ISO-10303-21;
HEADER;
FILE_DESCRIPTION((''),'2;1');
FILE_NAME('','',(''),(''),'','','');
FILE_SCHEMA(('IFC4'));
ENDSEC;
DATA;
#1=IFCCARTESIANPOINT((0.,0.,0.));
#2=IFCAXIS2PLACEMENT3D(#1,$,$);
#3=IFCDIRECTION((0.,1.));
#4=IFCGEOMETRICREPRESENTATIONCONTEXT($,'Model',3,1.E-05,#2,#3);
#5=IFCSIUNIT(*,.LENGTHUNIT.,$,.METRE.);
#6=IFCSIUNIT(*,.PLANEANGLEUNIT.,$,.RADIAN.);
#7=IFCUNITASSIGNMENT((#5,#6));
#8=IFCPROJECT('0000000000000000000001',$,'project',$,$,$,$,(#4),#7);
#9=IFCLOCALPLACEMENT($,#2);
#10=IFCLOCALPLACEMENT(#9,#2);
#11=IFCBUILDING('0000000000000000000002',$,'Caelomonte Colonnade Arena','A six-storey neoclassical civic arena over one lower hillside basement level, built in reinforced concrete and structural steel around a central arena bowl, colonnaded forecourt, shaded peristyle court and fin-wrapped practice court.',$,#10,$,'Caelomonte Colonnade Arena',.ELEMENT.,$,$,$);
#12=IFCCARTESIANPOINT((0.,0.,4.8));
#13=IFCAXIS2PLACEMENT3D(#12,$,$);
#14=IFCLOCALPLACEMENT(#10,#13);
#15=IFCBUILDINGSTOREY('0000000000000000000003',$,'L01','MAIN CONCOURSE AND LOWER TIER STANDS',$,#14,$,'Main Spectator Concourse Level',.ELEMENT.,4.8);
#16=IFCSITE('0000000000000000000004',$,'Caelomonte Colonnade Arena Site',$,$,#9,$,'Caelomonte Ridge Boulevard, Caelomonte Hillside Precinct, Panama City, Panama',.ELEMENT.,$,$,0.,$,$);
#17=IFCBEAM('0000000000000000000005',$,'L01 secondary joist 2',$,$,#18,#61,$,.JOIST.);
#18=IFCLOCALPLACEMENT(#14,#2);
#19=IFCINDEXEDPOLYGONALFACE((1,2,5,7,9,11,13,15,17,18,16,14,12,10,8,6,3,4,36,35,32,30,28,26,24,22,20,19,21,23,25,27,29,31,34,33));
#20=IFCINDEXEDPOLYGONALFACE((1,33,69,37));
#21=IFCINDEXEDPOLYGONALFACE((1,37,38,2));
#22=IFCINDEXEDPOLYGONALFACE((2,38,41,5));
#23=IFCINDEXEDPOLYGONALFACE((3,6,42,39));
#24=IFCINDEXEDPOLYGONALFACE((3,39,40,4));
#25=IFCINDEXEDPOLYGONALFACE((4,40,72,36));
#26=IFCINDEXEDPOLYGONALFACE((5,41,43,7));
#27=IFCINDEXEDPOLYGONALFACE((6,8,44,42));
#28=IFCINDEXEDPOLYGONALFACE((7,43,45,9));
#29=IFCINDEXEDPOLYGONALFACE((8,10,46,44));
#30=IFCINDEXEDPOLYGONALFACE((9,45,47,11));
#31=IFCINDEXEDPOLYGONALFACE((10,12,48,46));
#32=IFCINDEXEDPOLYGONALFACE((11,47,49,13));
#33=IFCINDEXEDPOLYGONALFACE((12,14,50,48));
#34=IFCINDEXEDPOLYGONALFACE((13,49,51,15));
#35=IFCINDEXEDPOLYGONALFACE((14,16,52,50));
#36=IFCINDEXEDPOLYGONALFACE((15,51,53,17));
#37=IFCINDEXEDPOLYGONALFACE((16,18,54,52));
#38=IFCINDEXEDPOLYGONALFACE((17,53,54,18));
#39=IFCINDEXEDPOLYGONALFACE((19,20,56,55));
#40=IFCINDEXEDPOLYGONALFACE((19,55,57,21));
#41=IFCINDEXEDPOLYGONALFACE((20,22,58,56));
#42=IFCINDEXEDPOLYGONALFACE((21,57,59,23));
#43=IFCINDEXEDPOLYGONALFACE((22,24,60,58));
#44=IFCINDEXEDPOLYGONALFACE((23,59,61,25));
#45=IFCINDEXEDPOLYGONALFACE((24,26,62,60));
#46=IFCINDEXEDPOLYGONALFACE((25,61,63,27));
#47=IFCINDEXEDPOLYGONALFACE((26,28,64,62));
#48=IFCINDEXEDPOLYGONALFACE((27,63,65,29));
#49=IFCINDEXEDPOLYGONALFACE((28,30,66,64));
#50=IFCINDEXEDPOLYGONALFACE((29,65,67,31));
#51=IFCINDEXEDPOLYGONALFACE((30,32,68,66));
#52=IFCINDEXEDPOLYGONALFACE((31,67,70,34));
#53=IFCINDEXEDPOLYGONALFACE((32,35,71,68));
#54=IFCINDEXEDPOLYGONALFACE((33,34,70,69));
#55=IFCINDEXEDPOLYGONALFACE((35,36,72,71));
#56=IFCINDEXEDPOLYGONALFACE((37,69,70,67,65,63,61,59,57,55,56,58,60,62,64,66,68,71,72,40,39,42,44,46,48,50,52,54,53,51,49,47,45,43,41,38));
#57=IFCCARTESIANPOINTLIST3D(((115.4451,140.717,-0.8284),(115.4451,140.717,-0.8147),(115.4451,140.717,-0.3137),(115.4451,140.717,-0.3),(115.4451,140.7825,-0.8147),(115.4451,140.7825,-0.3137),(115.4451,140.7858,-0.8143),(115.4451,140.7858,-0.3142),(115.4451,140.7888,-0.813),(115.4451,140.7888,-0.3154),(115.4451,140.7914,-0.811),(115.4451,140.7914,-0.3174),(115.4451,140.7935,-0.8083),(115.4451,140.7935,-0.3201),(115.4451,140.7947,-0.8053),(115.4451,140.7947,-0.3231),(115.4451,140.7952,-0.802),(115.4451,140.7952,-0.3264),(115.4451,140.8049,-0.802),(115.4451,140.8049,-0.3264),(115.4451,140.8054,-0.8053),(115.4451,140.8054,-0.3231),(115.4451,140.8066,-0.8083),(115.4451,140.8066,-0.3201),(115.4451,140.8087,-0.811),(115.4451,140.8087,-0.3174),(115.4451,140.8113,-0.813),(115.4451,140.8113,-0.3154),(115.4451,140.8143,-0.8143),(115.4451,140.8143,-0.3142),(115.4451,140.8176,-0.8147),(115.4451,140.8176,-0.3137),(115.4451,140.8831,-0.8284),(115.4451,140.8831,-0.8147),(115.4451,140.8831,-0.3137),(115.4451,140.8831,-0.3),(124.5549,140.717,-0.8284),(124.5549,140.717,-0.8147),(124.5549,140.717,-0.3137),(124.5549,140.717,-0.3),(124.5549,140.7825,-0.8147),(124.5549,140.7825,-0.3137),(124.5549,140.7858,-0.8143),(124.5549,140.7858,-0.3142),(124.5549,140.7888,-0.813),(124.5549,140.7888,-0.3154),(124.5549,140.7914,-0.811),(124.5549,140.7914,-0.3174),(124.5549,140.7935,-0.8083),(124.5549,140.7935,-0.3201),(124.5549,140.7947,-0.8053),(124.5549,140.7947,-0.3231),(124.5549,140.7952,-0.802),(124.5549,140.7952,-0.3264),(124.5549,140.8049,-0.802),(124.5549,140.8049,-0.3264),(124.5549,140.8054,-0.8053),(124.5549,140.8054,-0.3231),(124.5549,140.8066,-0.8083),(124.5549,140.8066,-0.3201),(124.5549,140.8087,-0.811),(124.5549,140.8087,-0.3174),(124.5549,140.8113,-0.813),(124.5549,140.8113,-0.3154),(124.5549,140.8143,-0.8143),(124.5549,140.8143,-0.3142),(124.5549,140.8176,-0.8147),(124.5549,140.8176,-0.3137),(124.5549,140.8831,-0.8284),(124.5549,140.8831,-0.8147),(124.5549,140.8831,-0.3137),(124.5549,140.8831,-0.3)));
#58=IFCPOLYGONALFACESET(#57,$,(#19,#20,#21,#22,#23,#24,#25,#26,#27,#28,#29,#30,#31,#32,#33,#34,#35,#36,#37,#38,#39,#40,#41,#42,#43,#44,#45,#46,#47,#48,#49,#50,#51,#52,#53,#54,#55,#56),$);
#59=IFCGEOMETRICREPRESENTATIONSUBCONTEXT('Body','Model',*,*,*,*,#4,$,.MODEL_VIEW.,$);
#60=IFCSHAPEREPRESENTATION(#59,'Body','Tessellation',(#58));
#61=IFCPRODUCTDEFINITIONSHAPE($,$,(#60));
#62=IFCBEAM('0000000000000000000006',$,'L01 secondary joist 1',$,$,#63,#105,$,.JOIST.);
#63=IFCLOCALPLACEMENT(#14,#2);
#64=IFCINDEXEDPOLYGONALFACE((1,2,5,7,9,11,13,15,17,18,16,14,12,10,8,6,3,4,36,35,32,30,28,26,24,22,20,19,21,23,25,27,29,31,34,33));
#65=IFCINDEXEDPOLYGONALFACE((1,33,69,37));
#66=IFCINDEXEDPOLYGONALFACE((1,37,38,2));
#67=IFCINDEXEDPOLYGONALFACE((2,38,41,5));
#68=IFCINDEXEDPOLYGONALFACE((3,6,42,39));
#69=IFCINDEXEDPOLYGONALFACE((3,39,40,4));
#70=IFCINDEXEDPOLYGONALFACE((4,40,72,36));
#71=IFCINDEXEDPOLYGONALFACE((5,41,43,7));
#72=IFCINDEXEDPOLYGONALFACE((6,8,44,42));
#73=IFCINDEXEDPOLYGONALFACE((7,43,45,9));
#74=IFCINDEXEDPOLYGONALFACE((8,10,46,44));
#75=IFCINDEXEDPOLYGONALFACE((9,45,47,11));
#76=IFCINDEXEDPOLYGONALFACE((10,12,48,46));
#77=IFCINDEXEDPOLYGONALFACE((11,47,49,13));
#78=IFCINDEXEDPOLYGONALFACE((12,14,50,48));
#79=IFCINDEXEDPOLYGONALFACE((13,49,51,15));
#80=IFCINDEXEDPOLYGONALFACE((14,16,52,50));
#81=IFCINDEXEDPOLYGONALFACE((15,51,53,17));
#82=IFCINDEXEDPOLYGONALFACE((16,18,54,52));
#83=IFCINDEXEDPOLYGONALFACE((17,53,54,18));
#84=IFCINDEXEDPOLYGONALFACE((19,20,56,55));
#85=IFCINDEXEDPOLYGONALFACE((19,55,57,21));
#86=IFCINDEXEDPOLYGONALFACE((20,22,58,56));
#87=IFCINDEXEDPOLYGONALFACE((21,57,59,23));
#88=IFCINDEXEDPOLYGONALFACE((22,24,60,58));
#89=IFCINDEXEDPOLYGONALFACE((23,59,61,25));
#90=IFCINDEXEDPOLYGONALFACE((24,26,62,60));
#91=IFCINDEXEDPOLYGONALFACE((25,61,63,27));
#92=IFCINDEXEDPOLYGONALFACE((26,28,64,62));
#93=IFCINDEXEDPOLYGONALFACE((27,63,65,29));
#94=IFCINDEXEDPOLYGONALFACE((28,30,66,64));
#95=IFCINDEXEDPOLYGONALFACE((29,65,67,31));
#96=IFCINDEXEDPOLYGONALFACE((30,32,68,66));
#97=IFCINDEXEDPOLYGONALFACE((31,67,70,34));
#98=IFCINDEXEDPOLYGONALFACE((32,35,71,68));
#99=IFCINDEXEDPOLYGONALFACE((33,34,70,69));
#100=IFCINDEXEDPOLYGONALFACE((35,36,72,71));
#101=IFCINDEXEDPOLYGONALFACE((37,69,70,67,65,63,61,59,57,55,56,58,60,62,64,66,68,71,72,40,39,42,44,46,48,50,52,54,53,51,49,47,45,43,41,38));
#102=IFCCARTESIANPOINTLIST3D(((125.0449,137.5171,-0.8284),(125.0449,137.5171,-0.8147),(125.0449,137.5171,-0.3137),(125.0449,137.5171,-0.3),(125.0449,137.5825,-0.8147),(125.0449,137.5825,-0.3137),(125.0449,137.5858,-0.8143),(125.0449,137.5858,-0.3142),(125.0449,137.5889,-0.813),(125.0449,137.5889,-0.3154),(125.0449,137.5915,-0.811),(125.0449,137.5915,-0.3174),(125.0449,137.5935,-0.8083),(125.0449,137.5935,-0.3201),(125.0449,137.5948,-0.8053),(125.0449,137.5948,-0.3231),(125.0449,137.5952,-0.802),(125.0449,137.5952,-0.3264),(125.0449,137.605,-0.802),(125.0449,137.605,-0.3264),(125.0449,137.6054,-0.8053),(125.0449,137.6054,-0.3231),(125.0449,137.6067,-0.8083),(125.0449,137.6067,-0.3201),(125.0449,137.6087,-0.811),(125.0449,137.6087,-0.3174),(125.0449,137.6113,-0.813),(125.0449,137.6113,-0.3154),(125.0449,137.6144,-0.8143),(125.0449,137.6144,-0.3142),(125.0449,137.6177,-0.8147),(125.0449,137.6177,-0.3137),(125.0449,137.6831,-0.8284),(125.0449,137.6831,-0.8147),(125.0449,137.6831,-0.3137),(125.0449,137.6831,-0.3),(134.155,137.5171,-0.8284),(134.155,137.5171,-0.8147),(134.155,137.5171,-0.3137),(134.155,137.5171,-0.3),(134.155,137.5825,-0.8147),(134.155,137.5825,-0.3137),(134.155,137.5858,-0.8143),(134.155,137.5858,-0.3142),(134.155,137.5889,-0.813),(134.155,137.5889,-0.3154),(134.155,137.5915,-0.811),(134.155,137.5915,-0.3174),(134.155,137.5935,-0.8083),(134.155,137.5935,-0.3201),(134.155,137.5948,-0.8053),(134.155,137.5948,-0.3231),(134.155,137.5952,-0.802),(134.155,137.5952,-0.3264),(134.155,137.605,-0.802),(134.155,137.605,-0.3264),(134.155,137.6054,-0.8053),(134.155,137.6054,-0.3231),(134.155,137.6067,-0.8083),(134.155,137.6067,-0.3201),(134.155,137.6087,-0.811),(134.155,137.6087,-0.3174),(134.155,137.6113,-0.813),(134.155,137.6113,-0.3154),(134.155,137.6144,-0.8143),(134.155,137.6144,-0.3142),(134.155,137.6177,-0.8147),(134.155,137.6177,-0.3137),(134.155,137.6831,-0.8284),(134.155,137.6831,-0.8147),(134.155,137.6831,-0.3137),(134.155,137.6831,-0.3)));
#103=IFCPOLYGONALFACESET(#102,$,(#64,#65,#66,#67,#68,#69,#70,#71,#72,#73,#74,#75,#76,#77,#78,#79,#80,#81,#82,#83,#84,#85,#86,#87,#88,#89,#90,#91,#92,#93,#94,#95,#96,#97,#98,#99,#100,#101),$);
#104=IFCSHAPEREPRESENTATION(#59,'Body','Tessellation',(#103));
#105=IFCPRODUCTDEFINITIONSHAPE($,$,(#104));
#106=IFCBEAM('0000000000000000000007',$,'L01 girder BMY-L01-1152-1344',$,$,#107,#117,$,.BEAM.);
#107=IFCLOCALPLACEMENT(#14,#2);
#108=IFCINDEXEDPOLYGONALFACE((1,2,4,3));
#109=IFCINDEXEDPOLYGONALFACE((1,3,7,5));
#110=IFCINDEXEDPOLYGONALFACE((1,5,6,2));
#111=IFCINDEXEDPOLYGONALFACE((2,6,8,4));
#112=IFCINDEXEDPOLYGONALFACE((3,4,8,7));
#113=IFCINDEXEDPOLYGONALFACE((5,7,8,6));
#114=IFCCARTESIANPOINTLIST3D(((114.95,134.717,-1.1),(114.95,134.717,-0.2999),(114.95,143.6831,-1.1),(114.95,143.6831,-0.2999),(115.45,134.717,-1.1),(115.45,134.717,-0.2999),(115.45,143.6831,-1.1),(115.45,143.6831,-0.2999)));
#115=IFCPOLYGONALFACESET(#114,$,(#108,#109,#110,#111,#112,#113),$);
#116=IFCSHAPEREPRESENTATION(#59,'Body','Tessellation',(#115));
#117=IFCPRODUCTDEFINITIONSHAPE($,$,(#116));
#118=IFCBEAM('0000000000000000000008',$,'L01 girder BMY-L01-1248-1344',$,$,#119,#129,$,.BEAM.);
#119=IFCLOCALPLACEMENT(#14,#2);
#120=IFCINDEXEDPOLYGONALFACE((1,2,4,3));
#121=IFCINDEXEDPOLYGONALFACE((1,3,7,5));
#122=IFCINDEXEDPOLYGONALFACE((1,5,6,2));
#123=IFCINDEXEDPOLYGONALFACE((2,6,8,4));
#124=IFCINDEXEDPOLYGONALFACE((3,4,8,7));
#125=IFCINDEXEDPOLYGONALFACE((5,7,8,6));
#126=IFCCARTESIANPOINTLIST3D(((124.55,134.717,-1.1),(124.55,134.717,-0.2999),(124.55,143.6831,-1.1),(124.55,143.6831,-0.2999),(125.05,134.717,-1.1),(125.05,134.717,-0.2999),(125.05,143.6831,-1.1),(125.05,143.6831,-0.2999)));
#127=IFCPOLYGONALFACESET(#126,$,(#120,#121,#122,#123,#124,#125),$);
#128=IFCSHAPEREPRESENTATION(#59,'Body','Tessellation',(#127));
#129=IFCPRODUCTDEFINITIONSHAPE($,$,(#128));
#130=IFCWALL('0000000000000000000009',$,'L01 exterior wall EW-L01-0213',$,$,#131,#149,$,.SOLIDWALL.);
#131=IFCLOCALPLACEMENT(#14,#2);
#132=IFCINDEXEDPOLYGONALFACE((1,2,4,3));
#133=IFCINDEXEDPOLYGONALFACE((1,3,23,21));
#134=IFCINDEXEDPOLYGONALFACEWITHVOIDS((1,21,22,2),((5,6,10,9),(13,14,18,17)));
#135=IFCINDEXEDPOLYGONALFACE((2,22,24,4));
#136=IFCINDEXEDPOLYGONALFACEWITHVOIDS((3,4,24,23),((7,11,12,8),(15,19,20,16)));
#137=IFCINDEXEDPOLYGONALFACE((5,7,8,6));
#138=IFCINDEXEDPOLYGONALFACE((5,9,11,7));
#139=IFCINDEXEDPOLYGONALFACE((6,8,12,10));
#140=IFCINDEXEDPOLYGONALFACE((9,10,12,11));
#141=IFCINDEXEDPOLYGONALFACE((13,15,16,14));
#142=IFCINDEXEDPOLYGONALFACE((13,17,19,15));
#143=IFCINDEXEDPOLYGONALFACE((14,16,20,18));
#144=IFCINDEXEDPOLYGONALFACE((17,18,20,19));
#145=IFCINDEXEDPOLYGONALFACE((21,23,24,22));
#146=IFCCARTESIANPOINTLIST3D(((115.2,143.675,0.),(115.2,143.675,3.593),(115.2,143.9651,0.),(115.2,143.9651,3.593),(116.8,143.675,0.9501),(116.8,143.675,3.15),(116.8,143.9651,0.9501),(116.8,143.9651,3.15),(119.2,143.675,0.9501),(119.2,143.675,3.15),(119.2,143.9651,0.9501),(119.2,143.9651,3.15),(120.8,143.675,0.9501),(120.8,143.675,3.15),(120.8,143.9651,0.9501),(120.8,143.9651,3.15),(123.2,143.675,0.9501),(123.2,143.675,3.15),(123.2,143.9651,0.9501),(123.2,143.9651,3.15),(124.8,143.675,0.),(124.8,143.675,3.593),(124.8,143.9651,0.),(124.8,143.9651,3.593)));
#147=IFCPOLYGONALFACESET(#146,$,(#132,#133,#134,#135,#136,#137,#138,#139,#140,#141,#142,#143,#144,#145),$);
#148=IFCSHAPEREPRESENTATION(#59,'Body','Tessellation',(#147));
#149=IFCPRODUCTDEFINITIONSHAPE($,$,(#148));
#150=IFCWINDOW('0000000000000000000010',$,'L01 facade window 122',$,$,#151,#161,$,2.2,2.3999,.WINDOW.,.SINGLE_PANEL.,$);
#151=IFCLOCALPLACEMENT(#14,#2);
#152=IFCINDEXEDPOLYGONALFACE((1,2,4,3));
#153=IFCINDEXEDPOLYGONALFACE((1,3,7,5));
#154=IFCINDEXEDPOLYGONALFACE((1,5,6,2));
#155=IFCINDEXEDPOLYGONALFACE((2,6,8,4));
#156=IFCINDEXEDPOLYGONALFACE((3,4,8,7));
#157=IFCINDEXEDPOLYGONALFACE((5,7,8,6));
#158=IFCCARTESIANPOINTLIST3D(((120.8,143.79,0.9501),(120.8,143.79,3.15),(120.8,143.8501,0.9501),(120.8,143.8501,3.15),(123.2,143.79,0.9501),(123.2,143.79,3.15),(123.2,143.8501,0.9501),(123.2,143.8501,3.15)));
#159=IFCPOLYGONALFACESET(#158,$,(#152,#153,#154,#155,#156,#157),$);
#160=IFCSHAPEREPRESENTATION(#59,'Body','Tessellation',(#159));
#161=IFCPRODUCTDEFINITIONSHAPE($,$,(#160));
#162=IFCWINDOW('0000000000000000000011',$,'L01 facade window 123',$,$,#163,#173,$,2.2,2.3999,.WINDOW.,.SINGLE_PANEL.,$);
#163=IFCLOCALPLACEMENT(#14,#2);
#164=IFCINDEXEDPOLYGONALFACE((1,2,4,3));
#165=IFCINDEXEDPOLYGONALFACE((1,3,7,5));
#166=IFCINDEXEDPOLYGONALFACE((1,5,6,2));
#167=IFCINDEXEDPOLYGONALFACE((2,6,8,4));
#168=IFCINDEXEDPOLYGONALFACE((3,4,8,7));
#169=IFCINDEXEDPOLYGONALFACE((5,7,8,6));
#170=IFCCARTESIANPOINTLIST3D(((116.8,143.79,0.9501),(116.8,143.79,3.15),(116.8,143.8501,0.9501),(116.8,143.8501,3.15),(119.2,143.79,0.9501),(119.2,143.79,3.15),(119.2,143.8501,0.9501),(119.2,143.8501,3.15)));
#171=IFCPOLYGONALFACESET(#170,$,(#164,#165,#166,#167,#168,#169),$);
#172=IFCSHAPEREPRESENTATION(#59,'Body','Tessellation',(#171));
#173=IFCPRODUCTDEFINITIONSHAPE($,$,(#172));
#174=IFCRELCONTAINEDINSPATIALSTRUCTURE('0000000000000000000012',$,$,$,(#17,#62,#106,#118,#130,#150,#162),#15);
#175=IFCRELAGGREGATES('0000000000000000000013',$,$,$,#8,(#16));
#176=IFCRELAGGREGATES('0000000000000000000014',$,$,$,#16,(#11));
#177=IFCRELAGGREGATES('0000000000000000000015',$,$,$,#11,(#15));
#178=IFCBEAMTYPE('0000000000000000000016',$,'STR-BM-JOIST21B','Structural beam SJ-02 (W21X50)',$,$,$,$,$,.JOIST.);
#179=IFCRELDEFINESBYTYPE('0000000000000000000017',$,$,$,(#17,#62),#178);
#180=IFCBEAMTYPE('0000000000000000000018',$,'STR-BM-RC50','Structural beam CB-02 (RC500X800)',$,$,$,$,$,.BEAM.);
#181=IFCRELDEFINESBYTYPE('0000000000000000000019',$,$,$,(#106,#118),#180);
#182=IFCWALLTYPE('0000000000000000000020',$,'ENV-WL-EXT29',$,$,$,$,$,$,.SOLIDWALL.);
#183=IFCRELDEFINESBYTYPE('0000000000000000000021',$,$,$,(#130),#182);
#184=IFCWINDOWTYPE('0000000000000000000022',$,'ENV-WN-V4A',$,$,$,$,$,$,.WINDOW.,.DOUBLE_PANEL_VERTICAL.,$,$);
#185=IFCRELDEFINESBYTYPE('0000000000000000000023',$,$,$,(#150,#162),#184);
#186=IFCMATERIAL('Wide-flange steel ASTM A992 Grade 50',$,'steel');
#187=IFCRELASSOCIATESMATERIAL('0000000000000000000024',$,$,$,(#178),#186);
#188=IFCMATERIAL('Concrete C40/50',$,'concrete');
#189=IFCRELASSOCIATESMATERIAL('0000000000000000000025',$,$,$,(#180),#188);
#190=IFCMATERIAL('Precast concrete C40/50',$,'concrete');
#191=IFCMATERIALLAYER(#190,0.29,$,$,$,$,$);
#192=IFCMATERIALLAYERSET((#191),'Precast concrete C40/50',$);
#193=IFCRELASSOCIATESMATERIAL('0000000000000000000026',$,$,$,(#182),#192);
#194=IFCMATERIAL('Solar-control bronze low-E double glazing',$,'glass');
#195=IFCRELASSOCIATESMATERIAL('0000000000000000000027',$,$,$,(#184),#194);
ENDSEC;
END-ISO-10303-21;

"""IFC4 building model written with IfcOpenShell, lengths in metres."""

from ifc_helpers import new_model, si_unit, direction, frame, frame_2d, origin, origin_2d, place, context, subcontext, project, spatial, rectangle, i_section, extrude, material, layer, layer_set, material_profile, profile_set, type_object, element, fill, save


model = new_model("IFC4")

# Units and contexts
model_context = context("Model", 3, precision=1e-05, world=origin(), true_north=direction((0.0, 1.0)))
body_context = subcontext(model_context, "Body", "Model", "MODEL_VIEW")
ifc_project = project(units=[si_unit("LENGTHUNIT", "METRE"), si_unit("PLANEANGLEUNIT", "RADIAN")], contexts=[model_context])

# Site, building, storey
site_placement = place(None, origin())
site = spatial("IfcSite", under=ifc_project, at=site_placement, Name="Caelomonte Colonnade Arena Site", LongName="Caelomonte Ridge Boulevard, Caelomonte Hillside Precinct, Panama City, Panama", CompositionType="ELEMENT", RefElevation=0.0)
building_placement = place(site_placement, origin())
building = spatial("IfcBuilding", under=site, at=building_placement, Name="Caelomonte Colonnade Arena", Description="A six-storey neoclassical civic arena over one lower hillside basement level, built in reinforced concrete and structural steel around a central arena bowl, colonnaded forecourt, shaded peristyle court and fin-wrapped practice court.", LongName="Caelomonte Colonnade Arena", CompositionType="ELEMENT")
storey_placement = place(building_placement, frame((0.0, 0.0, 4.8)))
storey = spatial("IfcBuildingStorey", under=building, at=storey_placement, Name="L01", Description="MAIN CONCOURSE AND LOWER TIER STANDS", LongName="Main Spectator Concourse Level", CompositionType="ELEMENT", Elevation=4.8)

# Shared definitions
ifc_material_1 = material(Name="Concrete C40/50", Category="concrete")

# Beams
ifc_material_2 = material(Name="Wide-flange steel ASTM A992 Grade 50", Category="steel")
ifc_material_profile_1 = material_profile(ifc_material_2, i_section(OverallWidth=0.166, OverallDepth=0.5283, WebThickness=0.0098, FlangeThickness=0.0137, FilletRadius=0.0127, at=origin_2d()), Name="W21X50")
ifc_profile_set_1 = profile_set([ifc_material_profile_1], Name="Wide-flange steel ASTM A992 Grade 50")
beam_type_1 = type_object("IfcBeamType", Name="STR-BM-JOIST21B", Description="Structural beam SJ-02 (W21X50)", PredefinedType="JOIST", material=ifc_profile_set_1)
for number, where, z_axis, x_axis, name in (
    (1, (115.4451, 140.8, -0.5642), (1.0, 0.0, 0.0), (0.0, 1.0, 0.0), "L01 secondary joist 2"),
):
    element("IfcBeam", number, at=place(storey_placement, frame(where, z_axis=z_axis, x_axis=x_axis)), inside=storey, type_object=beam_type_1, Name=name, PredefinedType="JOIST", context=body_context, shape_type="SweptSolid", body=[
        extrude(i_section(OverallWidth=0.166, OverallDepth=0.5283, WebThickness=0.0098, FlangeThickness=0.0137, FilletRadius=0.0127, at=origin_2d()), origin(), (0.0, 0.0, 1.0), 9.1099),
    ])
beam_1_placement = place(storey_placement, frame((125.0449, 137.6001, -0.5642), z_axis=(1.0, 0.0, 0.0), x_axis=(0.0, 1.0, 0.0)))
element("IfcBeam", 2, at=beam_1_placement, inside=storey, type_object=beam_type_1, Name="L01 secondary joist 1", PredefinedType="JOIST", context=body_context, shape_type="SweptSolid", body=[
    extrude(i_section(OverallWidth=0.166, OverallDepth=0.5283, WebThickness=0.0098, FlangeThickness=0.0137, FilletRadius=0.0127, at=origin_2d()), origin(), (0.0, 0.0, 1.0), 9.1101),
])
ifc_material_profile_2 = material_profile(ifc_material_1, rectangle(XDim=0.5, YDim=0.8, at=origin_2d()), Name="RC500X800")
ifc_profile_set_2 = profile_set([ifc_material_profile_2], Name="Concrete C40/50")
beam_type_2 = type_object("IfcBeamType", Name="STR-BM-RC50", Description="Structural beam CB-02 (RC500X800)", PredefinedType="BEAM", material=ifc_profile_set_2)
for number, where, z_axis, x_axis, name in (
    (3, (115.2, 134.717, -0.7), (0.0, 1.0, 0.0), (-1.0, 0.0, 0.0), "L01 girder BMY-L01-1152-1344"),
    (4, (124.8, 134.717, -0.7), (0.0, 1.0, 0.0), (-1.0, 0.0, 0.0), "L01 girder BMY-L01-1248-1344"),
):
    element("IfcBeam", number, at=place(storey_placement, frame(where, z_axis=z_axis, x_axis=x_axis)), inside=storey, type_object=beam_type_2, Name=name, PredefinedType="BEAM", context=body_context, shape_type="SweptSolid", body=[
        extrude(rectangle(XDim=0.5, YDim=0.8, at=origin_2d()), origin(), (0.0, 0.0, 1.0), 8.9661),
    ])

# Wall, openings, windows
ifc_material_3 = material(Name="Precast concrete C40/50", Category="concrete")
ifc_layer_1 = layer(ifc_material_3, 0.29)
ifc_layer_set_1 = layer_set([ifc_layer_1], Name="Precast concrete C40/50")
wall_type_1 = type_object("IfcWallType", Name="ENV-WL-EXT29", PredefinedType="SOLIDWALL", material=ifc_layer_set_1)
wall_1_placement = place(storey_placement, frame((124.8, 143.8201, 0.0), z_axis=(0.0, 0.0, 1.0), x_axis=(-1.0, 0.0, 0.0)))
wall_1 = element("IfcWall", 5, at=wall_1_placement, inside=storey, type_object=wall_type_1, Name="L01 exterior wall EW-L01-0213", PredefinedType="SOLIDWALL", context=body_context, shape_type="SweptSolid", body=[
    extrude(rectangle(XDim=9.6001, YDim=0.29, at=frame_2d((4.8, 0.0))), origin(), (0.0, 0.0, 1.0), 3.593),
])
opening_1_placement = place(wall_1_placement, frame((4.0, 0.0, 0.95), z_axis=(0.0, 0.0, 1.0), x_axis=(-1.0, 0.0, 0.0)))
opening_1 = element("IfcOpeningElement", 6, at=opening_1_placement, cuts=wall_1, PredefinedType="OPENING", context=body_context, shape_type="SweptSolid", body=[
    extrude(rectangle(XDim=2.3999, YDim=2.2, at=frame_2d((1.2, 1.1001))), frame((0.0, 0.155, 0.0), z_axis=(0.0, -1.0, 0.0), x_axis=(1.0, 0.0, 0.0)), (0.0, 0.0, 1.0), 0.3101),
])
opening_2_placement = place(wall_1_placement, frame((8.0, 0.0, 0.95), z_axis=(0.0, 0.0, 1.0), x_axis=(-1.0, 0.0, 0.0)))
opening_2 = element("IfcOpeningElement", 7, at=opening_2_placement, cuts=wall_1, PredefinedType="OPENING", context=body_context, shape_type="SweptSolid", body=[
    extrude(rectangle(XDim=2.3999, YDim=2.2, at=frame_2d((1.2, 1.1001))), frame((0.0, 0.155, 0.0), z_axis=(0.0, -1.0, 0.0), x_axis=(1.0, 0.0, 0.0)), (0.0, 0.0, 1.0), 0.3101),
])
ifc_material_4 = material(Name="Solar-control bronze low-E double glazing", Category="glass")
window_type = type_object("IfcWindowType", Name="ENV-WN-V4A", PartitioningType="DOUBLE_PANEL_VERTICAL", PredefinedType="WINDOW", material=ifc_material_4)
window_1_placement = place(opening_1_placement, origin())
window_1 = element("IfcWindow", 8, at=window_1_placement, inside=storey, type_object=window_type, Name="L01 facade window 122", OverallHeight=2.2, OverallWidth=2.3999, PartitioningType="SINGLE_PANEL", PredefinedType="WINDOW", context=body_context, shape_type="SweptSolid", body=[
    extrude(rectangle(XDim=2.3999, YDim=2.2, at=frame_2d((1.2, 1.1001))), frame((0.0, 0.03, 0.0), z_axis=(0.0, -1.0, 0.0), x_axis=(1.0, 0.0, 0.0)), (0.0, 0.0, 1.0), 0.0601),
])
fill(opening_1, window_1)
window_2_placement = place(opening_2_placement, origin())
window_2 = element("IfcWindow", 9, at=window_2_placement, inside=storey, type_object=window_type, Name="L01 facade window 123", OverallHeight=2.2, OverallWidth=2.3999, PartitioningType="SINGLE_PANEL", PredefinedType="WINDOW", context=body_context, shape_type="SweptSolid", body=[
    extrude(rectangle(XDim=2.3999, YDim=2.2, at=frame_2d((1.2, 1.1001))), frame((0.0, 0.03, 0.0), z_axis=(0.0, -1.0, 0.0), x_axis=(1.0, 0.0, 0.0)), (0.0, 0.0, 1.0), 0.0601),
])
fill(opening_2, window_2)

save(model, "model.ifc")
